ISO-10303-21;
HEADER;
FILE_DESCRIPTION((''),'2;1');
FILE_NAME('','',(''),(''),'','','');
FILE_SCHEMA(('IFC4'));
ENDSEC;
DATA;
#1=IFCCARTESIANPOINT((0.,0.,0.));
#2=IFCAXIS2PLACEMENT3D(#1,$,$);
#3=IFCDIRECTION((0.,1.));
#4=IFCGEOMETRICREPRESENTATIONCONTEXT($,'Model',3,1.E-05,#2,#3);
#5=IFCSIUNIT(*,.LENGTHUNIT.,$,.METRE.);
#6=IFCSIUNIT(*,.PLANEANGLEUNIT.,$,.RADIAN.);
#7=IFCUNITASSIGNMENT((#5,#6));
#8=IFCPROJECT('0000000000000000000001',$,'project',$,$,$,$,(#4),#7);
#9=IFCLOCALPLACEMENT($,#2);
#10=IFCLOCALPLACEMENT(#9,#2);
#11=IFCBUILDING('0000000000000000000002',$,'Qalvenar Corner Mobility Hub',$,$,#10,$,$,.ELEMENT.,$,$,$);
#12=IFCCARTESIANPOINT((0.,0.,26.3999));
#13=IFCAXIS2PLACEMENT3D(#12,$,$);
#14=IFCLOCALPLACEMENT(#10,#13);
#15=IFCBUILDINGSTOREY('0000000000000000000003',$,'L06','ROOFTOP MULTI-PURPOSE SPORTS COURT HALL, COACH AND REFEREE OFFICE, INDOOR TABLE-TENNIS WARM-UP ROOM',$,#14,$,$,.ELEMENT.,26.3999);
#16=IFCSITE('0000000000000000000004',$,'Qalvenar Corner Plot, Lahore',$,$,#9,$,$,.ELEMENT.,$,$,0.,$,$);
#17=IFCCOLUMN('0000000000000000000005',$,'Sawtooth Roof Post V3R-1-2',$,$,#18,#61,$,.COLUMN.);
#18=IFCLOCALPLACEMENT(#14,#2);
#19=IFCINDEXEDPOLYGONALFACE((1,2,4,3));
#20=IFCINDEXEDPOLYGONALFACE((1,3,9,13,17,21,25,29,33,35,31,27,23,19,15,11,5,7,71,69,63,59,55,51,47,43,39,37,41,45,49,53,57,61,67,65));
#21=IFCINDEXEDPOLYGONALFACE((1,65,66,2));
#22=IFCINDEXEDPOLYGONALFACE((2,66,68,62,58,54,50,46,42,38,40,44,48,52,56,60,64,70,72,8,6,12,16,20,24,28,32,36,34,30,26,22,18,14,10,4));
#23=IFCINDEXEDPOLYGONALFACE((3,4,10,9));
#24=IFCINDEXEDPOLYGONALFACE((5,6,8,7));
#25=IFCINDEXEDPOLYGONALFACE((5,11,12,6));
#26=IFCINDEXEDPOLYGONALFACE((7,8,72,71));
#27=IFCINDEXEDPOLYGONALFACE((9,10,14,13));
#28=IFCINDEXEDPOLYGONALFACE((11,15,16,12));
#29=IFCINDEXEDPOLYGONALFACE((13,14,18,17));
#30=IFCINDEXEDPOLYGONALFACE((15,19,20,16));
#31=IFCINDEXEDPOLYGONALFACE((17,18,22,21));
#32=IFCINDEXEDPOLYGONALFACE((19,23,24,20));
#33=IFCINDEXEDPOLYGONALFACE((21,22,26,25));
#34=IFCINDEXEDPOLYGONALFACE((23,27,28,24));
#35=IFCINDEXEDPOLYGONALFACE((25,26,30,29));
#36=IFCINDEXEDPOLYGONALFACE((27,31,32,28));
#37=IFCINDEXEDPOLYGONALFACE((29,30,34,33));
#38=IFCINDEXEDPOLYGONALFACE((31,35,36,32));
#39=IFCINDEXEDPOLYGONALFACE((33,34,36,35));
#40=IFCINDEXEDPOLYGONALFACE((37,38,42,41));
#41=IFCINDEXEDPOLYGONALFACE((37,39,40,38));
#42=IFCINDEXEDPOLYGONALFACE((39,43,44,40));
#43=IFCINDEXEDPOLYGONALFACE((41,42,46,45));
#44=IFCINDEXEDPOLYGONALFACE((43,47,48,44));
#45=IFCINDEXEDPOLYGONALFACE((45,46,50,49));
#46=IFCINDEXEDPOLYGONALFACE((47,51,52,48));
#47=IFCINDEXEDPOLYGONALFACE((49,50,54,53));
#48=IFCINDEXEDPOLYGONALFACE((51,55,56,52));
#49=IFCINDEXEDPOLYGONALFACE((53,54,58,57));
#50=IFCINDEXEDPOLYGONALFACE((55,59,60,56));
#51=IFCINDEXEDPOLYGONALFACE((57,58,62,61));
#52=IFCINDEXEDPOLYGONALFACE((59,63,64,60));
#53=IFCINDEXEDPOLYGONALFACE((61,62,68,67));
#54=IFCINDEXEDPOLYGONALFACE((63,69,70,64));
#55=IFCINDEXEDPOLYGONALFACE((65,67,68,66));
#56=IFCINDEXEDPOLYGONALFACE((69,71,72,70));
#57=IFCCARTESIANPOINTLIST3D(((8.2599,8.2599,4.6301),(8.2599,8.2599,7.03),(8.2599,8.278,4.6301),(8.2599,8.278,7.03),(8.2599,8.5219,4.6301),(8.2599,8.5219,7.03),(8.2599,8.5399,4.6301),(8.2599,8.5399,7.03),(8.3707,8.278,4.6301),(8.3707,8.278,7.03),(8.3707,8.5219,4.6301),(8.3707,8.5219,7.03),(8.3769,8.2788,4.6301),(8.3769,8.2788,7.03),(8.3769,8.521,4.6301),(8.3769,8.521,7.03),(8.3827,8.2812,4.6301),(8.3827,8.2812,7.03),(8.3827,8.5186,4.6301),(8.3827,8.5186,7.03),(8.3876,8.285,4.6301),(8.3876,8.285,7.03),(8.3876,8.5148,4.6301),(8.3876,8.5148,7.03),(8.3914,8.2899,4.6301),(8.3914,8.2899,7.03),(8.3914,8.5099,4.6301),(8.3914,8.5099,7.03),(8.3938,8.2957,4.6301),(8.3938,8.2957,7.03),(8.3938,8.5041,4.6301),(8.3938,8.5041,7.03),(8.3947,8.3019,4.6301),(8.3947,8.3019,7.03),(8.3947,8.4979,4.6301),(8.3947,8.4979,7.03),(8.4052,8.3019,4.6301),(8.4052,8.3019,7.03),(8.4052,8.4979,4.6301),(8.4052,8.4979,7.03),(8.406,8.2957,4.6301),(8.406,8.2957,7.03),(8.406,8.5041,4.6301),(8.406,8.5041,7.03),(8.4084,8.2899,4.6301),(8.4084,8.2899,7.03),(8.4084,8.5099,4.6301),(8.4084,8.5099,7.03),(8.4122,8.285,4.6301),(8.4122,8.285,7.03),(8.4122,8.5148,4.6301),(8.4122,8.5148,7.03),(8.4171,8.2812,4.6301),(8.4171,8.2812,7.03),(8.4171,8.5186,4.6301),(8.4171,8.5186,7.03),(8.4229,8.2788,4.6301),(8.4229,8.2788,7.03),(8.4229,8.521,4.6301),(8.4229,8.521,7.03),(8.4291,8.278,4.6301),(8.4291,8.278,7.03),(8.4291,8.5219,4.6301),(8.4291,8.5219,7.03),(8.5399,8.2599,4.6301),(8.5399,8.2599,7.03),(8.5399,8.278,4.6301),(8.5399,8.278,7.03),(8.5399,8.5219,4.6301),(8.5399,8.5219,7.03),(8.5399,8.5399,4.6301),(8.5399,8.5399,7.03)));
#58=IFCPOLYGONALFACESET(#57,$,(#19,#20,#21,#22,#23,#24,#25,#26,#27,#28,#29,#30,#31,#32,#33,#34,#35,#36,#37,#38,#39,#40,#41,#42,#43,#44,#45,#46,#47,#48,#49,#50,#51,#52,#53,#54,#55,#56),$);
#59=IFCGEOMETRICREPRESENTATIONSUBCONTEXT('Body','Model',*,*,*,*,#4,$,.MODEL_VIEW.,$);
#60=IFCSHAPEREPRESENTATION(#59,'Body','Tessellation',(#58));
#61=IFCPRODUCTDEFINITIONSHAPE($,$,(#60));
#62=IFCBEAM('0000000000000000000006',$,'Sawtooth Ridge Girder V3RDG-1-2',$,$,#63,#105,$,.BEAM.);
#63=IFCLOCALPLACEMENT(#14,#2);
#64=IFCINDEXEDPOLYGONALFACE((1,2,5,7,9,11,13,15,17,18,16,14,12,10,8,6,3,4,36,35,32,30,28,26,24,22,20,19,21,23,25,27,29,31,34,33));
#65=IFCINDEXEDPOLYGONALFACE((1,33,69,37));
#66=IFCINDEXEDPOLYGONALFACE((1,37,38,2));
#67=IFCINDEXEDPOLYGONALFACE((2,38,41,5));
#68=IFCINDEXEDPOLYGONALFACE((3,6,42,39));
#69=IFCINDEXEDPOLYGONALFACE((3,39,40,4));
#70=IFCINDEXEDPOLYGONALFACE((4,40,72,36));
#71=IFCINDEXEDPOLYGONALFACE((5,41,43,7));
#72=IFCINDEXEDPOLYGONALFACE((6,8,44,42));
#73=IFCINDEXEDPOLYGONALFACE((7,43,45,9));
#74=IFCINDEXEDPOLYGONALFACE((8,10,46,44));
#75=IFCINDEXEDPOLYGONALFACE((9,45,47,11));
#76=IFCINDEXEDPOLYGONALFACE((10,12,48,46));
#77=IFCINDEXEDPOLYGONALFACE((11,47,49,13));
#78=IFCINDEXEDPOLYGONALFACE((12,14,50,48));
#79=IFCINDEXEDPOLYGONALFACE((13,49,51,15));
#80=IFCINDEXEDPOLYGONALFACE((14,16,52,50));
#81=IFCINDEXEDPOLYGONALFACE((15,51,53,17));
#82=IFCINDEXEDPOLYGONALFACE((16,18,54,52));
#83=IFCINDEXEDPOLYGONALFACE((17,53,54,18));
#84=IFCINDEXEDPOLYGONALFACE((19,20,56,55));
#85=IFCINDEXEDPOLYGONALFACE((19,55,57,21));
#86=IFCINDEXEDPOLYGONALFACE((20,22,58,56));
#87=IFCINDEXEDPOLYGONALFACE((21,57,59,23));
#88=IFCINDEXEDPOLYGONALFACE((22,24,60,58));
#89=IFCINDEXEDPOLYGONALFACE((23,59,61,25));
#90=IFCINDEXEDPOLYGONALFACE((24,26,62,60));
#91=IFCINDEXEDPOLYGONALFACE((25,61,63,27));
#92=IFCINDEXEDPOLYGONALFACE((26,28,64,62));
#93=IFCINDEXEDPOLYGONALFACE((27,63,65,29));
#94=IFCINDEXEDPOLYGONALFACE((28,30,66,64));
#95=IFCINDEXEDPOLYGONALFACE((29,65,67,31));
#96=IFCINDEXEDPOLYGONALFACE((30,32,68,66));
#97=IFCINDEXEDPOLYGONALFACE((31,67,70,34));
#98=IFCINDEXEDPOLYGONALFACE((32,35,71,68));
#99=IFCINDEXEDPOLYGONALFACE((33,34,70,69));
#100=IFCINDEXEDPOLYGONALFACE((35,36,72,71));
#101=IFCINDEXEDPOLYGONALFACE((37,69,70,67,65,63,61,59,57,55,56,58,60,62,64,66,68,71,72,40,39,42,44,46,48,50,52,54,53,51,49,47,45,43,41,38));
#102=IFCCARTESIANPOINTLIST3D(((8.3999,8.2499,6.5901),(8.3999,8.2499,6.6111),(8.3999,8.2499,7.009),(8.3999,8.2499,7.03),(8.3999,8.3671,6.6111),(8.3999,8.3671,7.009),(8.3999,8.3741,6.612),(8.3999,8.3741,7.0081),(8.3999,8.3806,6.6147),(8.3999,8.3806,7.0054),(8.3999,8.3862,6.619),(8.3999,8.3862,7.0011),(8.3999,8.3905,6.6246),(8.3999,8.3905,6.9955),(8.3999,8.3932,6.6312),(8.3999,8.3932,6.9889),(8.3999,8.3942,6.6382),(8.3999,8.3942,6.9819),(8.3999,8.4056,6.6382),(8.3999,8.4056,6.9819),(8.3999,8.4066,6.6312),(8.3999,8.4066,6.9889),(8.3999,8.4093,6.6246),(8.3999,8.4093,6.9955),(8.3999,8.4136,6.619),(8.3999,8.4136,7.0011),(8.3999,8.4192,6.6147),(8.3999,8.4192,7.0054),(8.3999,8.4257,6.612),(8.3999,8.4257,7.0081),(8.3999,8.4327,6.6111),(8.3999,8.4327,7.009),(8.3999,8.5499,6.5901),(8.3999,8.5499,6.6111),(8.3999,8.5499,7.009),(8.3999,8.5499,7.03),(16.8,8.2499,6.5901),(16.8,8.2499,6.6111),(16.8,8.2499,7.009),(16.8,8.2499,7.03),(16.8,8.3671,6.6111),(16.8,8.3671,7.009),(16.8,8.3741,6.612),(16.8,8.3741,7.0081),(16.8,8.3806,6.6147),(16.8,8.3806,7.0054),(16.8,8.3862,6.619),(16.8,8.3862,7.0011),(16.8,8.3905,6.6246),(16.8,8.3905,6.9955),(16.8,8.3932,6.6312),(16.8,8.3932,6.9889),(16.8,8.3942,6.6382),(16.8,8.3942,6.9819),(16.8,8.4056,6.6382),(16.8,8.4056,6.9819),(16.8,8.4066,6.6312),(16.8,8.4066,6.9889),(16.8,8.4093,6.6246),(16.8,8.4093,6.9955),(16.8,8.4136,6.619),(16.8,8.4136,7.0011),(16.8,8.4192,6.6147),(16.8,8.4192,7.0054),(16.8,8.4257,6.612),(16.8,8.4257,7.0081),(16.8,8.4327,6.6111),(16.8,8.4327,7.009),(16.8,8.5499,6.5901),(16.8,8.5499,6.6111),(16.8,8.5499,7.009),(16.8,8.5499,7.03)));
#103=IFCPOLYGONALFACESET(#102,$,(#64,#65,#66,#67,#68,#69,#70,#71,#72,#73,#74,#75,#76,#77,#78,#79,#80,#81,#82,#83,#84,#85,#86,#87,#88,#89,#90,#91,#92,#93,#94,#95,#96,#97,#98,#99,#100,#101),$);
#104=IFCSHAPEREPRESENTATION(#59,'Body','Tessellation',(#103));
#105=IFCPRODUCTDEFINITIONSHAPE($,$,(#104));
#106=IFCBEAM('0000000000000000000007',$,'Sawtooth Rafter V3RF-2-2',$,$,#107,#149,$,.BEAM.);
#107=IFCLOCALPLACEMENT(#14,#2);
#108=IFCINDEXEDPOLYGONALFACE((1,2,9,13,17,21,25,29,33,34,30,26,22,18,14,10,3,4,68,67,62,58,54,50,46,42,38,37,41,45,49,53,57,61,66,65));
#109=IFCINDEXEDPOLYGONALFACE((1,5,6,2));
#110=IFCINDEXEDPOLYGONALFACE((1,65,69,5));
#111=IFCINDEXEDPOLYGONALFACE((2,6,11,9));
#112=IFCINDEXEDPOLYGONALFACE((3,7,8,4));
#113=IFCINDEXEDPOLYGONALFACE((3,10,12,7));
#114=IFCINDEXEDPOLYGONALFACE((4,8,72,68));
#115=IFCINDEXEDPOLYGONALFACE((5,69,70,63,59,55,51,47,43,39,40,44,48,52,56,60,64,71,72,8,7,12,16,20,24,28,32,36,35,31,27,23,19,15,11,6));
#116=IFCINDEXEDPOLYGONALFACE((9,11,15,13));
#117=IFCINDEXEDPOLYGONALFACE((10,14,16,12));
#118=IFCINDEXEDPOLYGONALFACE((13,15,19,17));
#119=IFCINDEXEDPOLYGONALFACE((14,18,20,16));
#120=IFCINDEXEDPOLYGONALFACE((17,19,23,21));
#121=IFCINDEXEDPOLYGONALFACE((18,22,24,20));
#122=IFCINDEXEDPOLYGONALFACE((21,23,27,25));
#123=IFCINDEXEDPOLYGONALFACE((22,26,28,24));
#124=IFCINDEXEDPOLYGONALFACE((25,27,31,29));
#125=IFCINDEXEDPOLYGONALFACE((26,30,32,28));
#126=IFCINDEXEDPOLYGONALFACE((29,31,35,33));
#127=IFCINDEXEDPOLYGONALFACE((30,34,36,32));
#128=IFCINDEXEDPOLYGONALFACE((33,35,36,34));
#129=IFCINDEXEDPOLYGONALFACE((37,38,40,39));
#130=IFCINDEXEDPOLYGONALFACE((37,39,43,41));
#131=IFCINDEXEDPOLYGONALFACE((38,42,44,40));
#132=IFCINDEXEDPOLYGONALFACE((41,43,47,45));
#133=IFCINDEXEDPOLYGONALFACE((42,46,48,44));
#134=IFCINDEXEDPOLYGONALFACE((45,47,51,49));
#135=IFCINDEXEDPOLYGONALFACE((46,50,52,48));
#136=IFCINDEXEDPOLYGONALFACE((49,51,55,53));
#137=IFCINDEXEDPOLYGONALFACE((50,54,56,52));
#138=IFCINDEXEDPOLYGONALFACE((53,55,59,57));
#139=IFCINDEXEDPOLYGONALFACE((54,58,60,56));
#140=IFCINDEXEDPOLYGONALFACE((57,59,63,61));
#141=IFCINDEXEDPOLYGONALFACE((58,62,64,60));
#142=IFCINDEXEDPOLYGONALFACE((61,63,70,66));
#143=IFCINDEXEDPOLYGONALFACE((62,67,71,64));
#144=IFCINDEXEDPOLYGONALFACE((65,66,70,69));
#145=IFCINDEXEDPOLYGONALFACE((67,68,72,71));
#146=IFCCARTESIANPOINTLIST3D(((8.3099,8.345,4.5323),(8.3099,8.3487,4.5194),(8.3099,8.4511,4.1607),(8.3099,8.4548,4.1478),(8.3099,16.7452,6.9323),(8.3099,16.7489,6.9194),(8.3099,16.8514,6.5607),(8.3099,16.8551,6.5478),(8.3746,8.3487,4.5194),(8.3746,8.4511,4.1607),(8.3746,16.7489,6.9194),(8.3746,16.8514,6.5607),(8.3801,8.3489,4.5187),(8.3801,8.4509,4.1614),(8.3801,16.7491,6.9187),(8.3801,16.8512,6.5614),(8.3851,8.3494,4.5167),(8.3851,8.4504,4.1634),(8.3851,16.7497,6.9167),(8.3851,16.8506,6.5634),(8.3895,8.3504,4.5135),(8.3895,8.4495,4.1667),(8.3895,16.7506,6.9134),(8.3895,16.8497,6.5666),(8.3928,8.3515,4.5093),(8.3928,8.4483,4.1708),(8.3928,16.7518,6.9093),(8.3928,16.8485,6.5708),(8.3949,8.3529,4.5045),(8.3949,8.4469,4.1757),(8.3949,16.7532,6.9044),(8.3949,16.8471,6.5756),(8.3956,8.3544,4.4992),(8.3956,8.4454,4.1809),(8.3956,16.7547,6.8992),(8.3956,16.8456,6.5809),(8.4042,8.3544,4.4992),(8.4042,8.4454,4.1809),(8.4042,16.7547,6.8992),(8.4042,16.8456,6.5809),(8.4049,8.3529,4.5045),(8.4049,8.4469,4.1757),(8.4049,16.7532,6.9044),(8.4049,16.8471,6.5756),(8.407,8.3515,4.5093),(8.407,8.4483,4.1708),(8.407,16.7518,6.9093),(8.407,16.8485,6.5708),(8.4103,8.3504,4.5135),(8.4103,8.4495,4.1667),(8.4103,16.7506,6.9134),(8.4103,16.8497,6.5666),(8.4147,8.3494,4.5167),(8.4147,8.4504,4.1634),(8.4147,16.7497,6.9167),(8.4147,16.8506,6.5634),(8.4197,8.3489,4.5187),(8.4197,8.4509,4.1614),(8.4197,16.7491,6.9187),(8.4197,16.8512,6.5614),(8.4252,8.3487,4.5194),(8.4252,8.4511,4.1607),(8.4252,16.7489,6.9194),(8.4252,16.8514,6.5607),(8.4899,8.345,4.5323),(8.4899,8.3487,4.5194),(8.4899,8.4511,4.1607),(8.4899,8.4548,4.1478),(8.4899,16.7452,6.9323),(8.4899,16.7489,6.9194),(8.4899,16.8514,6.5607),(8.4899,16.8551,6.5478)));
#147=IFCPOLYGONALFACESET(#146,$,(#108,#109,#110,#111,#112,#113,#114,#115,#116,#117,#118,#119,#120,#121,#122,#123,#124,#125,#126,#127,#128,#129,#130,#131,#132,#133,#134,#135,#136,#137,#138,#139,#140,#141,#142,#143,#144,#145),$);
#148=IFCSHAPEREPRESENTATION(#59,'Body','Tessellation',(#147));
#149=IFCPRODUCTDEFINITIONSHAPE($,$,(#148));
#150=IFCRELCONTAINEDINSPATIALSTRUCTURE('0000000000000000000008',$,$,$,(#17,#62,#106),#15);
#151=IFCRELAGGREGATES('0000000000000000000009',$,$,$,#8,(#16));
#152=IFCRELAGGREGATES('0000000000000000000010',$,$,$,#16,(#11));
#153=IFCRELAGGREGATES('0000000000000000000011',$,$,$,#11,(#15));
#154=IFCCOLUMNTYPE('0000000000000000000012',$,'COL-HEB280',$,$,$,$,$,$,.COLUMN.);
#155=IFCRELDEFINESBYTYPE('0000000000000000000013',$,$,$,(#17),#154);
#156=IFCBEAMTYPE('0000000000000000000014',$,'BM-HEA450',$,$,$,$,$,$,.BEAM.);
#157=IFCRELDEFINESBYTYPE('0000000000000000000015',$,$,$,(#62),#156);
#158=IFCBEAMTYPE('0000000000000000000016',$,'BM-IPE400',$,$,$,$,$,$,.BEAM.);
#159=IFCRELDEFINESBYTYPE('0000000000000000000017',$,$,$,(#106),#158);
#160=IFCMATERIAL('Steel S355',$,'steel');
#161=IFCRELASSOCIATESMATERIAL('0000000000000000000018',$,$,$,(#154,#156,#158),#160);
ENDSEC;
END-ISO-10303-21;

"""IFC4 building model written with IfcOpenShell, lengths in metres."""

from ifc_helpers import new_model, si_unit, direction, frame, origin, origin_2d, place, context, subcontext, project, spatial, i_section, extrude, material, material_profile, profile_set, type_object, element, save


model = new_model("IFC4")

# Units and contexts
model_context = context("Model", 3, precision=1e-05, world=origin(), true_north=direction((0.0, 1.0)))
body_context = subcontext(model_context, "Body", "Model", "MODEL_VIEW")
ifc_project = project(units=[si_unit("LENGTHUNIT", "METRE"), si_unit("PLANEANGLEUNIT", "RADIAN")], contexts=[model_context])

# Site, building, storey
site_placement = place(None, origin())
site = spatial("IfcSite", under=ifc_project, at=site_placement, Name="Qalvenar Corner Plot, Lahore", CompositionType="ELEMENT", RefElevation=0.0)
building_placement = place(site_placement, origin())
building = spatial("IfcBuilding", under=site, at=building_placement, Name="Qalvenar Corner Mobility Hub", CompositionType="ELEMENT")
storey_placement = place(building_placement, frame((0.0, 0.0, 26.3999)))
storey = spatial("IfcBuildingStorey", under=building, at=storey_placement, Name="L06", Description="ROOFTOP MULTI-PURPOSE SPORTS COURT HALL, COACH AND REFEREE OFFICE, INDOOR TABLE-TENNIS WARM-UP ROOM", CompositionType="ELEMENT", Elevation=26.3999)

# Column
ifc_material_1 = material(Name="Steel S355", Category="steel")
ifc_material_profile_1 = material_profile(ifc_material_1, i_section(OverallWidth=0.28, OverallDepth=0.28, WebThickness=0.0105, FlangeThickness=0.0181, FilletRadius=0.0239, at=origin_2d()), Name="HEB280")
ifc_profile_set_1 = profile_set([ifc_material_profile_1], Name="Steel S355")
column_type = type_object("IfcColumnType", Name="COL-HEB280", PredefinedType="COLUMN", material=ifc_profile_set_1)
column_placement = place(storey_placement, frame((8.3999, 8.3999, 4.6301), z_axis=(0.0, 0.0, 1.0), x_axis=(1.0, 0.0, 0.0)))
element("IfcColumn", 1, at=column_placement, inside=storey, type_object=column_type, Name="Sawtooth Roof Post V3R-1-2", PredefinedType="COLUMN", context=body_context, shape_type="SweptSolid", body=[
    extrude(i_section(OverallWidth=0.28, OverallDepth=0.28, WebThickness=0.0105, FlangeThickness=0.0181, FilletRadius=0.0239, at=origin_2d()), origin(), (0.0, 0.0, 1.0), 2.3999),
])

# Beams
ifc_material_profile_2 = material_profile(ifc_material_1, i_section(OverallWidth=0.3, OverallDepth=0.4399, WebThickness=0.0115, FlangeThickness=0.021, FilletRadius=0.0271, at=origin_2d()), Name="HEA450")
ifc_profile_set_2 = profile_set([ifc_material_profile_2], Name="Steel S355")
beam_type_1 = type_object("IfcBeamType", Name="BM-HEA450", PredefinedType="BEAM", material=ifc_profile_set_2)
beam_1_placement = place(storey_placement, frame((8.3999, 8.3999, 6.8101), z_axis=(1.0, 0.0, 0.0), x_axis=(0.0, 1.0, 0.0)))
element("IfcBeam", 2, at=beam_1_placement, inside=storey, type_object=beam_type_1, Name="Sawtooth Ridge Girder V3RDG-1-2", PredefinedType="BEAM", context=body_context, shape_type="SweptSolid", body=[
    extrude(i_section(OverallWidth=0.3, OverallDepth=0.4399, WebThickness=0.0115, FlangeThickness=0.021, FilletRadius=0.0271, at=origin_2d()), origin(), (0.0, 0.0, 1.0), 8.4001),
])
ifc_material_profile_3 = material_profile(ifc_material_1, i_section(OverallWidth=0.1799, OverallDepth=0.3999, WebThickness=0.0085, FlangeThickness=0.0134, FilletRadius=0.021, at=origin_2d()), Name="IPE400")
ifc_profile_set_3 = profile_set([ifc_material_profile_3], Name="Steel S355")
beam_type_2 = type_object("IfcBeamType", Name="BM-IPE400", PredefinedType="BEAM", material=ifc_profile_set_3)
beam_2_placement = place(storey_placement, frame((8.3999, 8.3999, 4.3401), z_axis=(0.0, 0.961528, 0.274706), x_axis=(-1.0, 0.0, 0.0)))
element("IfcBeam", 3, at=beam_2_placement, inside=storey, type_object=beam_type_2, Name="Sawtooth Rafter V3RF-2-2", PredefinedType="BEAM", context=body_context, shape_type="SweptSolid", body=[
    extrude(i_section(OverallWidth=0.1799, OverallDepth=0.3999, WebThickness=0.0085, FlangeThickness=0.0134, FilletRadius=0.021, at=origin_2d()), origin(), (0.0, 0.0, 1.0), 8.7363),
])

save(model, "model.ifc")
